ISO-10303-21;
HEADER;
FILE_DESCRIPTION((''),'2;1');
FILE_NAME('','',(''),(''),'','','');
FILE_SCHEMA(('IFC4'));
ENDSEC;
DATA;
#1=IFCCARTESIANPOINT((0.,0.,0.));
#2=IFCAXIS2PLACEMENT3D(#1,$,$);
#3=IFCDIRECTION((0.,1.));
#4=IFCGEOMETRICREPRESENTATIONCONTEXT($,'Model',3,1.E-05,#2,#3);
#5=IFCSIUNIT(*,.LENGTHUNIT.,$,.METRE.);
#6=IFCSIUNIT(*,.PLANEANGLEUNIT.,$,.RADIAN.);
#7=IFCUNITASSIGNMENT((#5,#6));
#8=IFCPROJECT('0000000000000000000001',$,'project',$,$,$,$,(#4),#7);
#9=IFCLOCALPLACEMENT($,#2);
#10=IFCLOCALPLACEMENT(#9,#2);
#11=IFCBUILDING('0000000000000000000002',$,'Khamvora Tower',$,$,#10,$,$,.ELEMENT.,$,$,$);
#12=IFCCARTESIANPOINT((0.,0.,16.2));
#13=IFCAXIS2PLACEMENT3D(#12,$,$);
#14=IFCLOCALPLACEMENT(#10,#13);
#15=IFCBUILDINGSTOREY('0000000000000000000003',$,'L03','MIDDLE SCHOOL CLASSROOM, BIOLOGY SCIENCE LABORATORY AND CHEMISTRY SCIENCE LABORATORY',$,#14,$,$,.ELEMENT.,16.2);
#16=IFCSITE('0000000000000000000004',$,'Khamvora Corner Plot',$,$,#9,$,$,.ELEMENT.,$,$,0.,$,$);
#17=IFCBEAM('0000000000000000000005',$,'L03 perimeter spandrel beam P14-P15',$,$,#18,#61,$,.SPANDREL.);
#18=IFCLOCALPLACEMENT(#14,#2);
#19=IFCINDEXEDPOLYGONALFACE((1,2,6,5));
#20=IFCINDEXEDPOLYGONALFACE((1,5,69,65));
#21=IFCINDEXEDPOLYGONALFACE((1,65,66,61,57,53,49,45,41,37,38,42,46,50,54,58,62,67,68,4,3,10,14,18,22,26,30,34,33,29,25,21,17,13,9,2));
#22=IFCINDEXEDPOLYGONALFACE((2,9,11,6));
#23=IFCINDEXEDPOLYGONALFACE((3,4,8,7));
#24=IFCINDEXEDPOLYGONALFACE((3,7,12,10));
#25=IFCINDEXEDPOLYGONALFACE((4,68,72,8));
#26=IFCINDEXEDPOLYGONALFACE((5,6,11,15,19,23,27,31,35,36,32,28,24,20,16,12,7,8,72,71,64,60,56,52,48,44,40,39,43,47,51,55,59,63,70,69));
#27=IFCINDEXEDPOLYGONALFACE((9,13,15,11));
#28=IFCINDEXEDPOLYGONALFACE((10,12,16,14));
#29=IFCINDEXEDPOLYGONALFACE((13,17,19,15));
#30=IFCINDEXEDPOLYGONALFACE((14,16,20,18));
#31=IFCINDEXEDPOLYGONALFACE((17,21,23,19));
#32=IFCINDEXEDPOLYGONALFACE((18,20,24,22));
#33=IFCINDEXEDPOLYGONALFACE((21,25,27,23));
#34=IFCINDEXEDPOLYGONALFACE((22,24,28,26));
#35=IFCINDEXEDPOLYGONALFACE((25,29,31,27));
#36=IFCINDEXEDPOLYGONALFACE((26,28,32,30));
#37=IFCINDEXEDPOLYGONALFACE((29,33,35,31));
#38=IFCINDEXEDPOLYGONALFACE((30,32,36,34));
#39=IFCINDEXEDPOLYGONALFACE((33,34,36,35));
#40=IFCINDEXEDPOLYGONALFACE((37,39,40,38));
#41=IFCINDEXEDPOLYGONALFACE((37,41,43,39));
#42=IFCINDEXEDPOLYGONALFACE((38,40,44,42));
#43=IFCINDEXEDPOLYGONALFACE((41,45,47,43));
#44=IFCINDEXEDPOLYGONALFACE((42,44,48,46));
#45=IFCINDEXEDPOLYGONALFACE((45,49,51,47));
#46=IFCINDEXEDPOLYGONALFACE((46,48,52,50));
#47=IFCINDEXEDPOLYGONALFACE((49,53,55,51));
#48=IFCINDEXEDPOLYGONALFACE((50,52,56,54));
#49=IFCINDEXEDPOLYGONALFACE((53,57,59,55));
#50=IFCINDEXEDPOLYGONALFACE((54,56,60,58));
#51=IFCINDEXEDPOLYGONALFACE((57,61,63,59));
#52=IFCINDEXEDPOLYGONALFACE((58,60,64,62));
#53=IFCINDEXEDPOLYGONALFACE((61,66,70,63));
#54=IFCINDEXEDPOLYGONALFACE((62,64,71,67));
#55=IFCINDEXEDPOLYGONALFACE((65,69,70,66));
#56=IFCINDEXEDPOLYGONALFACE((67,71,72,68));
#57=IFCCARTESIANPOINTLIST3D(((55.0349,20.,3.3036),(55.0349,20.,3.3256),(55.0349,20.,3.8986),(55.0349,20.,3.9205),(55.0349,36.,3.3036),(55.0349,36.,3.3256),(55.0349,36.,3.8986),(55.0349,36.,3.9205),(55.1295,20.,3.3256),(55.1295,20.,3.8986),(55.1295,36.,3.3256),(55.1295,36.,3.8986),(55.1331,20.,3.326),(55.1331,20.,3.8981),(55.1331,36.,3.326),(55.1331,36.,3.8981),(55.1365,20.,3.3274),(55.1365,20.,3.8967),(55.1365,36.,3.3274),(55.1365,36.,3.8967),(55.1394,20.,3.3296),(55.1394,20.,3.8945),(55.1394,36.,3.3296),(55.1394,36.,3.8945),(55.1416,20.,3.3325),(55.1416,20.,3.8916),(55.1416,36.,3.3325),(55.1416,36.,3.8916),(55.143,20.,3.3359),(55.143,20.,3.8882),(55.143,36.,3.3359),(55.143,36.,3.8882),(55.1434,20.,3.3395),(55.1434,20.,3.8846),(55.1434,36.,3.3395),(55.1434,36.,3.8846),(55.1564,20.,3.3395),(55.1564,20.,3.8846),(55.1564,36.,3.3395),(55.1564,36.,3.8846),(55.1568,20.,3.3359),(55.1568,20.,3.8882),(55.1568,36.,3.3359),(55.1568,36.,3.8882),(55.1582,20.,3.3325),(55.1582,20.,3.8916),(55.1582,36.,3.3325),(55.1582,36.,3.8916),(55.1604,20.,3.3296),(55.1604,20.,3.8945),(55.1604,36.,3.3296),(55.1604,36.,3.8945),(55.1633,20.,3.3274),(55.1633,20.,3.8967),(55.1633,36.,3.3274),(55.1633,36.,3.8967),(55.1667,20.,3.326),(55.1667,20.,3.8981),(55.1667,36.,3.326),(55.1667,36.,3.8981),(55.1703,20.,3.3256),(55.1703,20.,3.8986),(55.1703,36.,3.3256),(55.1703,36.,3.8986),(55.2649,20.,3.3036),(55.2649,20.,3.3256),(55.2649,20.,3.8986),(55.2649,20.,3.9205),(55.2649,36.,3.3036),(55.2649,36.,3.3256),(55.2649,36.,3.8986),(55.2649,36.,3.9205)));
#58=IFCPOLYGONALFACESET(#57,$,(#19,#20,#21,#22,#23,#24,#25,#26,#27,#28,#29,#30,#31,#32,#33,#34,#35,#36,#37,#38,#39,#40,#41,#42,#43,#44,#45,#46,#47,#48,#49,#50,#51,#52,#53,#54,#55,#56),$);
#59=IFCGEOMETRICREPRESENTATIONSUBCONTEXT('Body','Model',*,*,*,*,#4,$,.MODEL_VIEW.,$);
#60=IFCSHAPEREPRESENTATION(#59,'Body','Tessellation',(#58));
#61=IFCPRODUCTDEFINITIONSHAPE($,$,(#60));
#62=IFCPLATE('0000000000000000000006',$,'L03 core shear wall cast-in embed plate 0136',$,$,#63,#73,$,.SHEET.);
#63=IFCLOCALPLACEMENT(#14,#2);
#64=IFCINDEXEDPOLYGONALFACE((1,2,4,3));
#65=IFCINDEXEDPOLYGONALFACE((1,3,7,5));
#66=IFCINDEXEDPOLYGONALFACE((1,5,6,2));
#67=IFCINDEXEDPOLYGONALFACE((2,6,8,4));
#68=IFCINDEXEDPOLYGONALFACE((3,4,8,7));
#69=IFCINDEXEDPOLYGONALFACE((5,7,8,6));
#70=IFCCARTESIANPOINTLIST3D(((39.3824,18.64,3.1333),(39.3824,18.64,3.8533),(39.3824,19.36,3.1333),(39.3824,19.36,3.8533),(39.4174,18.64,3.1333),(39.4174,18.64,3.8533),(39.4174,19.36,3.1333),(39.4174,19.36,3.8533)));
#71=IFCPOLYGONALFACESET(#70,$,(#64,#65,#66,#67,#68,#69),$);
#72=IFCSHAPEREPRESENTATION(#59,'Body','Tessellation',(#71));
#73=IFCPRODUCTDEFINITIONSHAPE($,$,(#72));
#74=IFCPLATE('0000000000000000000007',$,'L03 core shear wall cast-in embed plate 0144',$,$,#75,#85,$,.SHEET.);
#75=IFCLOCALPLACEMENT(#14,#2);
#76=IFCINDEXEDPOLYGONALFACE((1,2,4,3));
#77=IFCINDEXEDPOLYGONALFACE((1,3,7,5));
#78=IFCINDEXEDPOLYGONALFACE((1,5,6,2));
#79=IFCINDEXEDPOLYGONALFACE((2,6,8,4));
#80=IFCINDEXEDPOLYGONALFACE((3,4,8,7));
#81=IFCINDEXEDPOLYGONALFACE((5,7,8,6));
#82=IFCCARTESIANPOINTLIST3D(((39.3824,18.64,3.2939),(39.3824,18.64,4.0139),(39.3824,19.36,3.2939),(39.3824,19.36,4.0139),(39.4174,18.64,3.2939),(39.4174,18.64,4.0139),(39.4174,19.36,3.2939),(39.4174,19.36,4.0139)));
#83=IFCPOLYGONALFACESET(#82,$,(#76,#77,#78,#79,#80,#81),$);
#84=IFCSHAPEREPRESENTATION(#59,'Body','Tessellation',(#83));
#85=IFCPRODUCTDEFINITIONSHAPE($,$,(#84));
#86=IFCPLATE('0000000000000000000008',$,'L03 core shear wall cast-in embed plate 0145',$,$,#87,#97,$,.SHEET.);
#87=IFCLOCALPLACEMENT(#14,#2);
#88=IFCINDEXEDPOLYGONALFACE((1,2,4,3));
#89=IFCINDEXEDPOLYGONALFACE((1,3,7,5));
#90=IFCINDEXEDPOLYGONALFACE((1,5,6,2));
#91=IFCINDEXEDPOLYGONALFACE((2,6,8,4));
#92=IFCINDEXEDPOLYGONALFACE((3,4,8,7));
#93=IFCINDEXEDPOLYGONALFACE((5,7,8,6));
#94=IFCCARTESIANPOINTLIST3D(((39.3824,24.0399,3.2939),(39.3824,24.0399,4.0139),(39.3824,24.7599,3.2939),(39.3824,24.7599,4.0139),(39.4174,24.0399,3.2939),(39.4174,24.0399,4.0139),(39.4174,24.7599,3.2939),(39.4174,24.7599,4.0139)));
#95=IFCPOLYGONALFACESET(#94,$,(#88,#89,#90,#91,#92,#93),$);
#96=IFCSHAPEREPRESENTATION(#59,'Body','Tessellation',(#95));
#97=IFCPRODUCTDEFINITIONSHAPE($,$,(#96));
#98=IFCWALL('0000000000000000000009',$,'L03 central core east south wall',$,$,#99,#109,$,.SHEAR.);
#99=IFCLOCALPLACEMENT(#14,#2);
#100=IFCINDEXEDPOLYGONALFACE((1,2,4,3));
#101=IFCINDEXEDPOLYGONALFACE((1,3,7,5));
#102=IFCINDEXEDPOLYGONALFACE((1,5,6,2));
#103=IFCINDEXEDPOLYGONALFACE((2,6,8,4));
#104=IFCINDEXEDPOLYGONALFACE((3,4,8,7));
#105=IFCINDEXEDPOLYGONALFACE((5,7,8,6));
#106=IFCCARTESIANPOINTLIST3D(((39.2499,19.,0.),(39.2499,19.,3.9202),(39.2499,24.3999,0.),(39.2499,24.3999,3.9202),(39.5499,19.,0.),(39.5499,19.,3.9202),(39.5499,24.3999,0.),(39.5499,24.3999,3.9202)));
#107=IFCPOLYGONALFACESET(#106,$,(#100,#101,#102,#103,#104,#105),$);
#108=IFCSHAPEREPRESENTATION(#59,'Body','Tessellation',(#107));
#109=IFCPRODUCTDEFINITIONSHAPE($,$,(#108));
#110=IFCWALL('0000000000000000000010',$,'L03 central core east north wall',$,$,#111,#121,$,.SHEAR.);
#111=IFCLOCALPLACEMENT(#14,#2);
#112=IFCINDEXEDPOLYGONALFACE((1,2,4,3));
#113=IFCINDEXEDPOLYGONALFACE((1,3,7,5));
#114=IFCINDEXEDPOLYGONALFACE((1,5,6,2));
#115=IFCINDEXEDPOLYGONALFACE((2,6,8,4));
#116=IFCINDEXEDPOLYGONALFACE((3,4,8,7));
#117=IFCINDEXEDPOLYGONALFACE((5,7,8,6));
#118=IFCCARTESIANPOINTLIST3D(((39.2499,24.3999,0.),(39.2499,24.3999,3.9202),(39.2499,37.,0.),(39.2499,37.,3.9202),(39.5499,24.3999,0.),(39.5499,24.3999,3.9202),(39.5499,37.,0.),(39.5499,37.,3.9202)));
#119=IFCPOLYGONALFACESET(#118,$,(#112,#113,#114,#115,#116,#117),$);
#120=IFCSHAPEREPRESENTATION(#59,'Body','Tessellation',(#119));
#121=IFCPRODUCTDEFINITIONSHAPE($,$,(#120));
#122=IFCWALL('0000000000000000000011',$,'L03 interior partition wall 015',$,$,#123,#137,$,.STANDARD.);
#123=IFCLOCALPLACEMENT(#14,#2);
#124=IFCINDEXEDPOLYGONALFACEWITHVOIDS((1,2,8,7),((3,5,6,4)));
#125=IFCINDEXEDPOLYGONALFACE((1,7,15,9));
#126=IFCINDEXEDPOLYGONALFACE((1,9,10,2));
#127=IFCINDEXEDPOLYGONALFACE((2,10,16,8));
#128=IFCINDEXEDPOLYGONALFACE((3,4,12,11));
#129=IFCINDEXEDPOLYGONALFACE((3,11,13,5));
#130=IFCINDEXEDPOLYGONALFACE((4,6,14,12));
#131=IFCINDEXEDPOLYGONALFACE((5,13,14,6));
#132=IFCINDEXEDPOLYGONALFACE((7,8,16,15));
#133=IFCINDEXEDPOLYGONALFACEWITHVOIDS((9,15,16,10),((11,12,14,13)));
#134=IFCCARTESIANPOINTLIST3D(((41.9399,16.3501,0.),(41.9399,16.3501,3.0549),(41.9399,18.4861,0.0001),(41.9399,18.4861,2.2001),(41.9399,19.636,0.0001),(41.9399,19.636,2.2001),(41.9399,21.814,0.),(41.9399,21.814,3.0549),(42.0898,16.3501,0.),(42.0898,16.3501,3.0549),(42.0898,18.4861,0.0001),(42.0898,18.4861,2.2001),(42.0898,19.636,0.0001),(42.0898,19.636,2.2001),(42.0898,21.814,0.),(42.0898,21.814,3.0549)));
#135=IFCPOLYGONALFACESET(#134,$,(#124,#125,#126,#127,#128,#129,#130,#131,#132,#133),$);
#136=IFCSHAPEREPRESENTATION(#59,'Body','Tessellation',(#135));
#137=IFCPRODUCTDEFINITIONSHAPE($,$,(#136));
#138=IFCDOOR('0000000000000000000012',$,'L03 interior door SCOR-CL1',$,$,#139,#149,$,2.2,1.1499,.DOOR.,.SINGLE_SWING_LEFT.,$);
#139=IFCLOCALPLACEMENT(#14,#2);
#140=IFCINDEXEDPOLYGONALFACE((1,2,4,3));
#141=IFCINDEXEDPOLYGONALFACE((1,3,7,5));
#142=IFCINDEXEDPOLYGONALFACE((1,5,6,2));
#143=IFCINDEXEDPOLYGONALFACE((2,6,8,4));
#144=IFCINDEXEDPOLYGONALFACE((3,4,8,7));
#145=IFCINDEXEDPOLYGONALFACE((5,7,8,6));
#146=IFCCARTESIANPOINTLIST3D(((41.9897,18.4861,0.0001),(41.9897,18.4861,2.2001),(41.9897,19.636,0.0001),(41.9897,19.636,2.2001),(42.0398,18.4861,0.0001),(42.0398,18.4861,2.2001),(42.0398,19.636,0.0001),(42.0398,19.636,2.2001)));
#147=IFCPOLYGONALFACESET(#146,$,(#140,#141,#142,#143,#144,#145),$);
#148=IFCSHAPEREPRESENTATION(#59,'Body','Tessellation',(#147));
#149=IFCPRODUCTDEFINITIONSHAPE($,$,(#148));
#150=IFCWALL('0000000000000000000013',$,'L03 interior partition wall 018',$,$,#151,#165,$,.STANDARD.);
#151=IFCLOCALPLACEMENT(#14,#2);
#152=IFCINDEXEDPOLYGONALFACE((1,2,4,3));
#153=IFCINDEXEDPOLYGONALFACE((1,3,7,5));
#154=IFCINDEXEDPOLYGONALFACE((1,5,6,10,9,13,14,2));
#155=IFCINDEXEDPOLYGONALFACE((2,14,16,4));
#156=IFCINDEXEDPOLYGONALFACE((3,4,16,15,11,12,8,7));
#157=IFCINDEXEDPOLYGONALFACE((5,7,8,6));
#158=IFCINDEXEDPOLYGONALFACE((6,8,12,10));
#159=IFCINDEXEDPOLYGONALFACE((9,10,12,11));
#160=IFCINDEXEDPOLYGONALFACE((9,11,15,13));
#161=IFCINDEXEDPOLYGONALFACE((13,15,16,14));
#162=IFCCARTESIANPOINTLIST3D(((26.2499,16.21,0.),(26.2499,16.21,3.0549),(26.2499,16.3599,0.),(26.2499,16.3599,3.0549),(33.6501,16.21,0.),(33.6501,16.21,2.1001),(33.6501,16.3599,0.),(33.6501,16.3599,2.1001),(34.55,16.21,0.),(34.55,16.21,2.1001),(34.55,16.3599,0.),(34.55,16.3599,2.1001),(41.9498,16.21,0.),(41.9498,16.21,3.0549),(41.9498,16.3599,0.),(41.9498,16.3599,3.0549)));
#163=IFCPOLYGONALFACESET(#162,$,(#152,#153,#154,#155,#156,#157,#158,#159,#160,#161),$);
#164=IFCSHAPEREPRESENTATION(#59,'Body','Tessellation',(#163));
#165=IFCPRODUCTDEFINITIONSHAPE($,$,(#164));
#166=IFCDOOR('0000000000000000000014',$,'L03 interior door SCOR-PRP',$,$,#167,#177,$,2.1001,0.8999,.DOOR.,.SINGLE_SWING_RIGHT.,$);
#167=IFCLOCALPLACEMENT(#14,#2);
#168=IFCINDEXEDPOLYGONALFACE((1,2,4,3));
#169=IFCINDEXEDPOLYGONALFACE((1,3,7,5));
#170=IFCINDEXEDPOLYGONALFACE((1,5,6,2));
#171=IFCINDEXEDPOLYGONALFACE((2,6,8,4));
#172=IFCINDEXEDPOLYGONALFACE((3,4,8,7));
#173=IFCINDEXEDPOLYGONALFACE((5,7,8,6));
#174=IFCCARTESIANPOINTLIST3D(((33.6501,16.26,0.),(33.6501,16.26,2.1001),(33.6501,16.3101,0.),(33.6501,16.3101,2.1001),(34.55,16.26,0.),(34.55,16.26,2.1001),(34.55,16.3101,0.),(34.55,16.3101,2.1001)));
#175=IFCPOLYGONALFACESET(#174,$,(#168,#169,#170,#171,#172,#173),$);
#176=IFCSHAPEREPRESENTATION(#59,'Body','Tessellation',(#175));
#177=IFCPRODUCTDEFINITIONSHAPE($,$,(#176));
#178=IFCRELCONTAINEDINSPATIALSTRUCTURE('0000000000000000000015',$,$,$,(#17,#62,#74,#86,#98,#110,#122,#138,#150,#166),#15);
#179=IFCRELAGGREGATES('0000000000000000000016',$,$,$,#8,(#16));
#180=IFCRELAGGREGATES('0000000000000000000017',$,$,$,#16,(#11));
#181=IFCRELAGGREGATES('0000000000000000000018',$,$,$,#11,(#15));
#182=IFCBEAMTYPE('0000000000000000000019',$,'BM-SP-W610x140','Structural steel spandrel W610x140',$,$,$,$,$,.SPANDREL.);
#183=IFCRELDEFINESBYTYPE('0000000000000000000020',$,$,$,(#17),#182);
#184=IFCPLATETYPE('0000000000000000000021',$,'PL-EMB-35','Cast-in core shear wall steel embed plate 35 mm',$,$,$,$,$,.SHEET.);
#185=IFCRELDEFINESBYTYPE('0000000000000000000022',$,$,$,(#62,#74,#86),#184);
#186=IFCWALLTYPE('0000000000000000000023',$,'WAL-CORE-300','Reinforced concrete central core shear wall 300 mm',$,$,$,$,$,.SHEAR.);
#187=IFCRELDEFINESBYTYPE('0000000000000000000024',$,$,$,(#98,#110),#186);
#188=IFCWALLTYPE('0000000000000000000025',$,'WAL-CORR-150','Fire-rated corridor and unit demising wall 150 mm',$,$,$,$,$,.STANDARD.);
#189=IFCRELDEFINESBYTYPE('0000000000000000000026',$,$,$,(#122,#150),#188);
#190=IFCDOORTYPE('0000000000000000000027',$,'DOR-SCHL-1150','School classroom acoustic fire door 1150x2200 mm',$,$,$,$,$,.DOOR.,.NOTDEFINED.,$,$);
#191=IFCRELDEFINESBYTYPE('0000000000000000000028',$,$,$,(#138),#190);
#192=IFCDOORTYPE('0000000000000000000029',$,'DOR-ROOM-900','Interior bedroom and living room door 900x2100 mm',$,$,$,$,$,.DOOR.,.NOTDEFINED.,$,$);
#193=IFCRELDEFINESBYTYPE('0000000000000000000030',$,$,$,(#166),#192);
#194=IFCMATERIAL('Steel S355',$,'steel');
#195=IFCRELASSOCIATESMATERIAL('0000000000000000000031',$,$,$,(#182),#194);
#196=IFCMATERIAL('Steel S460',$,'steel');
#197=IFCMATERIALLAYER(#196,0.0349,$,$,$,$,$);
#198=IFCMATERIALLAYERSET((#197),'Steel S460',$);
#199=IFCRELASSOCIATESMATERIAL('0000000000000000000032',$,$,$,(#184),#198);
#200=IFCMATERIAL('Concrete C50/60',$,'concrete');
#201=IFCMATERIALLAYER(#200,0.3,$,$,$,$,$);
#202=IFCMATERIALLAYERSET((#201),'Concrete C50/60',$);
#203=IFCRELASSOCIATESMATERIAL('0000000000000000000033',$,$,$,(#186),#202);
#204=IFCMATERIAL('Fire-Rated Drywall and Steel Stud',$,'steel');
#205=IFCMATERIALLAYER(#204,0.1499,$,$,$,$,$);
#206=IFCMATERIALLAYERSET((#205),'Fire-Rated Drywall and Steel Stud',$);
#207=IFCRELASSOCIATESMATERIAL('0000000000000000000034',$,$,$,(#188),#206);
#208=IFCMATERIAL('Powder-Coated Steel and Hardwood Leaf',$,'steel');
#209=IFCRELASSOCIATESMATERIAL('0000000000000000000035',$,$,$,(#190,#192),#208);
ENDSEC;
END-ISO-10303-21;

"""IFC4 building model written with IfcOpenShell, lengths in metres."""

from ifc_helpers import new_model, si_unit, direction, frame, frame_2d, origin, origin_2d, place, context, subcontext, project, spatial, rectangle, i_section, extrude, material, layer, layer_set, material_profile, profile_set, type_object, element, fill, save


model = new_model("IFC4")

# Units and contexts
model_context = context("Model", 3, precision=1e-05, world=origin(), true_north=direction((0.0, 1.0)))
body_context = subcontext(model_context, "Body", "Model", "MODEL_VIEW")
ifc_project = project(units=[si_unit("LENGTHUNIT", "METRE"), si_unit("PLANEANGLEUNIT", "RADIAN")], contexts=[model_context])

# Site, building, storey
site_placement = place(None, origin())
site = spatial("IfcSite", under=ifc_project, at=site_placement, Name="Khamvora Corner Plot", CompositionType="ELEMENT", RefElevation=0.0)
building_placement = place(site_placement, origin())
building = spatial("IfcBuilding", under=site, at=building_placement, Name="Khamvora Tower", CompositionType="ELEMENT")
storey_placement = place(building_placement, frame((0.0, 0.0, 16.2)))
storey = spatial("IfcBuildingStorey", under=building, at=storey_placement, Name="L03", Description="MIDDLE SCHOOL CLASSROOM, BIOLOGY SCIENCE LABORATORY AND CHEMISTRY SCIENCE LABORATORY", CompositionType="ELEMENT", Elevation=16.2)

# Shared definitions
ifc_material_1 = material(Name="Steel S460", Category="steel")

# Beam
ifc_material_2 = material(Name="Steel S355", Category="steel")
ifc_material_profile_1 = material_profile(ifc_material_2, i_section(OverallWidth=0.23, OverallDepth=0.6169, WebThickness=0.0129, FlangeThickness=0.022, FilletRadius=0.0139, at=origin_2d()), Name="W610x140")
ifc_profile_set_1 = profile_set([ifc_material_profile_1], Name="Steel S355")
beam_type_1 = type_object("IfcBeamType", Name="BM-SP-W610x140", Description="Structural steel spandrel W610x140", PredefinedType="SPANDREL", material=ifc_profile_set_1)
beam_1_placement = place(storey_placement, frame((55.1499, 20.0, 3.6121), z_axis=(0.0, 1.0, 0.0), x_axis=(-1.0, 0.0, 0.0)))
element("IfcBeam", 1, at=beam_1_placement, inside=storey, type_object=beam_type_1, Name="L03 perimeter spandrel beam P14-P15", PredefinedType="SPANDREL", context=body_context, shape_type="SweptSolid", body=[
    extrude(i_section(OverallWidth=0.23, OverallDepth=0.6169, WebThickness=0.0129, FlangeThickness=0.022, FilletRadius=0.0139, at=origin_2d()), origin(), (0.0, 0.0, 1.0), 16.0),
])

# Plates
ifc_layer_1 = layer(ifc_material_1, 0.0349)
ifc_layer_set_1 = layer_set([ifc_layer_1], Name="Steel S460")
plate_type = type_object("IfcPlateType", Name="PL-EMB-35", Description="Cast-in core shear wall steel embed plate 35 mm", PredefinedType="SHEET", material=ifc_layer_set_1)
for number, where, z_axis, x_axis, name in (
    (2, (39.3999, 19.0, 3.1333), (0.0, 0.0, 1.0), (1.0, 0.0, 0.0), "L03 core shear wall cast-in embed plate 0136"),
    (3, (39.3999, 19.0, 3.2939), (0.0, 0.0, 1.0), (1.0, 0.0, 0.0), "L03 core shear wall cast-in embed plate 0144"),
    (4, (39.3999, 24.3999, 3.2939), (0.0, 0.0, 1.0), (1.0, 0.0, 0.0), "L03 core shear wall cast-in embed plate 0145"),
):
    element("IfcPlate", number, at=place(storey_placement, frame(where, z_axis=z_axis, x_axis=x_axis)), inside=storey, type_object=plate_type, Name=name, PredefinedType="SHEET", context=body_context, shape_type="SweptSolid", body=[
        extrude(rectangle(XDim=0.0349, YDim=0.72, at=origin_2d()), origin(), (0.0, 0.0, 1.0), 0.72),
    ])

# Walls
ifc_material_3 = material(Name="Concrete C50/60", Category="concrete")
ifc_layer_2 = layer(ifc_material_3, 0.3)
ifc_layer_set_2 = layer_set([ifc_layer_2], Name="Concrete C50/60")
wall_type_1 = type_object("IfcWallType", Name="WAL-CORE-300", Description="Reinforced concrete central core shear wall 300 mm", PredefinedType="SHEAR", material=ifc_layer_set_2)
wall_1_placement = place(storey_placement, frame((39.3999, 19.0, 0.0), z_axis=(0.0, 0.0, 1.0), x_axis=(0.0, 1.0, 0.0)))
element("IfcWall", 5, at=wall_1_placement, inside=storey, type_object=wall_type_1, Name="L03 central core east south wall", PredefinedType="SHEAR", context=body_context, shape_type="SweptSolid", body=[
    extrude(rectangle(XDim=5.3999, YDim=0.3, at=frame_2d((2.7, 0.0))), origin(), (0.0, 0.0, 1.0), 3.9202),
])
wall_2_placement = place(storey_placement, frame((39.3999, 24.3999, 0.0), z_axis=(0.0, 0.0, 1.0), x_axis=(0.0, 1.0, 0.0)))
element("IfcWall", 6, at=wall_2_placement, inside=storey, type_object=wall_type_1, Name="L03 central core east north wall", PredefinedType="SHEAR", context=body_context, shape_type="SweptSolid", body=[
    extrude(rectangle(XDim=12.6001, YDim=0.3, at=frame_2d((6.3, 0.0))), origin(), (0.0, 0.0, 1.0), 3.9202),
])

# Walls, openings, doors
ifc_material_4 = material(Name="Fire-Rated Drywall and Steel Stud", Category="steel")
ifc_layer_3 = layer(ifc_material_4, 0.1499)
ifc_layer_set_3 = layer_set([ifc_layer_3], Name="Fire-Rated Drywall and Steel Stud")
wall_type_2 = type_object("IfcWallType", Name="WAL-CORR-150", Description="Fire-rated corridor and unit demising wall 150 mm", PredefinedType="STANDARD", material=ifc_layer_set_3)
wall_3_placement = place(storey_placement, frame((42.0149, 21.814, 0.0), z_axis=(0.0, 0.0, 1.0), x_axis=(0.0, -1.0, 0.0)))
wall_3 = element("IfcWall", 7, at=wall_3_placement, inside=storey, type_object=wall_type_2, Name="L03 interior partition wall 015", PredefinedType="STANDARD", context=body_context, shape_type="SweptSolid", body=[
    extrude(rectangle(XDim=5.4639, YDim=0.1499, at=frame_2d((2.7319, 0.0))), origin(), (0.0, 0.0, 1.0), 3.0549),
])
opening_1_placement = place(wall_3_placement, frame((2.178, 0.0, 0.0)))
opening_1 = element("IfcOpeningElement", 8, at=opening_1_placement, cuts=wall_3, PredefinedType="OPENING", context=body_context, shape_type="SweptSolid", body=[
    extrude(rectangle(XDim=1.1499, YDim=2.2, at=frame_2d((0.575, 1.1001))), frame((0.0, 0.085, 0.0), z_axis=(0.0, -1.0, 0.0), x_axis=(1.0, 0.0, 0.0)), (0.0, 0.0, 1.0), 0.1699),
])
ifc_material_5 = material(Name="Powder-Coated Steel and Hardwood Leaf", Category="steel")
door_type_1 = type_object("IfcDoorType", Name="DOR-SCHL-1150", Description="School classroom acoustic fire door 1150x2200 mm", OperationType="NOTDEFINED", PredefinedType="DOOR", material=ifc_material_5)
door_1_placement = place(opening_1_placement, origin())
door_1 = element("IfcDoor", 9, at=door_1_placement, inside=storey, type_object=door_type_1, Name="L03 interior door SCOR-CL1", OperationType="SINGLE_SWING_LEFT", OverallHeight=2.2, OverallWidth=1.1499, PredefinedType="DOOR", context=body_context, shape_type="SweptSolid", body=[
    extrude(rectangle(XDim=1.1499, YDim=2.2, at=frame_2d((0.575, 1.1001))), frame((0.0, 0.0249, 0.0), z_axis=(0.0, -1.0, 0.0), x_axis=(1.0, 0.0, 0.0)), (0.0, 0.0, 1.0), 0.05),
])
fill(opening_1, door_1)
wall_4_placement = place(storey_placement, frame((41.95, 16.2849, 0.0), z_axis=(0.0, 0.0, 1.0), x_axis=(-1.0, 0.0, 0.0)))
wall_4 = element("IfcWall", 10, at=wall_4_placement, inside=storey, type_object=wall_type_2, Name="L03 interior partition wall 018", PredefinedType="STANDARD", context=body_context, shape_type="SweptSolid", body=[
    extrude(rectangle(XDim=15.7, YDim=0.1499, at=frame_2d((7.8501, 0.0))), origin(), (0.0, 0.0, 1.0), 3.0549),
])
opening_2_placement = place(wall_4_placement, frame((7.3999, 0.0, 0.0)))
opening_2 = element("IfcOpeningElement", 11, at=opening_2_placement, cuts=wall_4, PredefinedType="OPENING", context=body_context, shape_type="SweptSolid", body=[
    extrude(rectangle(XDim=0.8999, YDim=2.1001, at=frame_2d((0.45, 1.05))), frame((0.0, 0.085, 0.0), z_axis=(0.0, -1.0, 0.0), x_axis=(1.0, 0.0, 0.0)), (0.0, 0.0, 1.0), 0.1699),
])
door_type_2 = type_object("IfcDoorType", Name="DOR-ROOM-900", Description="Interior bedroom and living room door 900x2100 mm", OperationType="NOTDEFINED", PredefinedType="DOOR", material=ifc_material_5)
door_2_placement = place(opening_2_placement, origin())
door_2 = element("IfcDoor", 12, at=door_2_placement, inside=storey, type_object=door_type_2, Name="L03 interior door SCOR-PRP", OperationType="SINGLE_SWING_RIGHT", OverallHeight=2.1001, OverallWidth=0.8999, PredefinedType="DOOR", context=body_context, shape_type="SweptSolid", body=[
    extrude(rectangle(XDim=0.8999, YDim=2.1001, at=frame_2d((0.45, 1.05))), frame((0.0, 0.0249, 0.0), z_axis=(0.0, -1.0, 0.0), x_axis=(1.0, 0.0, 0.0)), (0.0, 0.0, 1.0), 0.05),
])
fill(opening_2, door_2)

save(model, "model.ifc")
